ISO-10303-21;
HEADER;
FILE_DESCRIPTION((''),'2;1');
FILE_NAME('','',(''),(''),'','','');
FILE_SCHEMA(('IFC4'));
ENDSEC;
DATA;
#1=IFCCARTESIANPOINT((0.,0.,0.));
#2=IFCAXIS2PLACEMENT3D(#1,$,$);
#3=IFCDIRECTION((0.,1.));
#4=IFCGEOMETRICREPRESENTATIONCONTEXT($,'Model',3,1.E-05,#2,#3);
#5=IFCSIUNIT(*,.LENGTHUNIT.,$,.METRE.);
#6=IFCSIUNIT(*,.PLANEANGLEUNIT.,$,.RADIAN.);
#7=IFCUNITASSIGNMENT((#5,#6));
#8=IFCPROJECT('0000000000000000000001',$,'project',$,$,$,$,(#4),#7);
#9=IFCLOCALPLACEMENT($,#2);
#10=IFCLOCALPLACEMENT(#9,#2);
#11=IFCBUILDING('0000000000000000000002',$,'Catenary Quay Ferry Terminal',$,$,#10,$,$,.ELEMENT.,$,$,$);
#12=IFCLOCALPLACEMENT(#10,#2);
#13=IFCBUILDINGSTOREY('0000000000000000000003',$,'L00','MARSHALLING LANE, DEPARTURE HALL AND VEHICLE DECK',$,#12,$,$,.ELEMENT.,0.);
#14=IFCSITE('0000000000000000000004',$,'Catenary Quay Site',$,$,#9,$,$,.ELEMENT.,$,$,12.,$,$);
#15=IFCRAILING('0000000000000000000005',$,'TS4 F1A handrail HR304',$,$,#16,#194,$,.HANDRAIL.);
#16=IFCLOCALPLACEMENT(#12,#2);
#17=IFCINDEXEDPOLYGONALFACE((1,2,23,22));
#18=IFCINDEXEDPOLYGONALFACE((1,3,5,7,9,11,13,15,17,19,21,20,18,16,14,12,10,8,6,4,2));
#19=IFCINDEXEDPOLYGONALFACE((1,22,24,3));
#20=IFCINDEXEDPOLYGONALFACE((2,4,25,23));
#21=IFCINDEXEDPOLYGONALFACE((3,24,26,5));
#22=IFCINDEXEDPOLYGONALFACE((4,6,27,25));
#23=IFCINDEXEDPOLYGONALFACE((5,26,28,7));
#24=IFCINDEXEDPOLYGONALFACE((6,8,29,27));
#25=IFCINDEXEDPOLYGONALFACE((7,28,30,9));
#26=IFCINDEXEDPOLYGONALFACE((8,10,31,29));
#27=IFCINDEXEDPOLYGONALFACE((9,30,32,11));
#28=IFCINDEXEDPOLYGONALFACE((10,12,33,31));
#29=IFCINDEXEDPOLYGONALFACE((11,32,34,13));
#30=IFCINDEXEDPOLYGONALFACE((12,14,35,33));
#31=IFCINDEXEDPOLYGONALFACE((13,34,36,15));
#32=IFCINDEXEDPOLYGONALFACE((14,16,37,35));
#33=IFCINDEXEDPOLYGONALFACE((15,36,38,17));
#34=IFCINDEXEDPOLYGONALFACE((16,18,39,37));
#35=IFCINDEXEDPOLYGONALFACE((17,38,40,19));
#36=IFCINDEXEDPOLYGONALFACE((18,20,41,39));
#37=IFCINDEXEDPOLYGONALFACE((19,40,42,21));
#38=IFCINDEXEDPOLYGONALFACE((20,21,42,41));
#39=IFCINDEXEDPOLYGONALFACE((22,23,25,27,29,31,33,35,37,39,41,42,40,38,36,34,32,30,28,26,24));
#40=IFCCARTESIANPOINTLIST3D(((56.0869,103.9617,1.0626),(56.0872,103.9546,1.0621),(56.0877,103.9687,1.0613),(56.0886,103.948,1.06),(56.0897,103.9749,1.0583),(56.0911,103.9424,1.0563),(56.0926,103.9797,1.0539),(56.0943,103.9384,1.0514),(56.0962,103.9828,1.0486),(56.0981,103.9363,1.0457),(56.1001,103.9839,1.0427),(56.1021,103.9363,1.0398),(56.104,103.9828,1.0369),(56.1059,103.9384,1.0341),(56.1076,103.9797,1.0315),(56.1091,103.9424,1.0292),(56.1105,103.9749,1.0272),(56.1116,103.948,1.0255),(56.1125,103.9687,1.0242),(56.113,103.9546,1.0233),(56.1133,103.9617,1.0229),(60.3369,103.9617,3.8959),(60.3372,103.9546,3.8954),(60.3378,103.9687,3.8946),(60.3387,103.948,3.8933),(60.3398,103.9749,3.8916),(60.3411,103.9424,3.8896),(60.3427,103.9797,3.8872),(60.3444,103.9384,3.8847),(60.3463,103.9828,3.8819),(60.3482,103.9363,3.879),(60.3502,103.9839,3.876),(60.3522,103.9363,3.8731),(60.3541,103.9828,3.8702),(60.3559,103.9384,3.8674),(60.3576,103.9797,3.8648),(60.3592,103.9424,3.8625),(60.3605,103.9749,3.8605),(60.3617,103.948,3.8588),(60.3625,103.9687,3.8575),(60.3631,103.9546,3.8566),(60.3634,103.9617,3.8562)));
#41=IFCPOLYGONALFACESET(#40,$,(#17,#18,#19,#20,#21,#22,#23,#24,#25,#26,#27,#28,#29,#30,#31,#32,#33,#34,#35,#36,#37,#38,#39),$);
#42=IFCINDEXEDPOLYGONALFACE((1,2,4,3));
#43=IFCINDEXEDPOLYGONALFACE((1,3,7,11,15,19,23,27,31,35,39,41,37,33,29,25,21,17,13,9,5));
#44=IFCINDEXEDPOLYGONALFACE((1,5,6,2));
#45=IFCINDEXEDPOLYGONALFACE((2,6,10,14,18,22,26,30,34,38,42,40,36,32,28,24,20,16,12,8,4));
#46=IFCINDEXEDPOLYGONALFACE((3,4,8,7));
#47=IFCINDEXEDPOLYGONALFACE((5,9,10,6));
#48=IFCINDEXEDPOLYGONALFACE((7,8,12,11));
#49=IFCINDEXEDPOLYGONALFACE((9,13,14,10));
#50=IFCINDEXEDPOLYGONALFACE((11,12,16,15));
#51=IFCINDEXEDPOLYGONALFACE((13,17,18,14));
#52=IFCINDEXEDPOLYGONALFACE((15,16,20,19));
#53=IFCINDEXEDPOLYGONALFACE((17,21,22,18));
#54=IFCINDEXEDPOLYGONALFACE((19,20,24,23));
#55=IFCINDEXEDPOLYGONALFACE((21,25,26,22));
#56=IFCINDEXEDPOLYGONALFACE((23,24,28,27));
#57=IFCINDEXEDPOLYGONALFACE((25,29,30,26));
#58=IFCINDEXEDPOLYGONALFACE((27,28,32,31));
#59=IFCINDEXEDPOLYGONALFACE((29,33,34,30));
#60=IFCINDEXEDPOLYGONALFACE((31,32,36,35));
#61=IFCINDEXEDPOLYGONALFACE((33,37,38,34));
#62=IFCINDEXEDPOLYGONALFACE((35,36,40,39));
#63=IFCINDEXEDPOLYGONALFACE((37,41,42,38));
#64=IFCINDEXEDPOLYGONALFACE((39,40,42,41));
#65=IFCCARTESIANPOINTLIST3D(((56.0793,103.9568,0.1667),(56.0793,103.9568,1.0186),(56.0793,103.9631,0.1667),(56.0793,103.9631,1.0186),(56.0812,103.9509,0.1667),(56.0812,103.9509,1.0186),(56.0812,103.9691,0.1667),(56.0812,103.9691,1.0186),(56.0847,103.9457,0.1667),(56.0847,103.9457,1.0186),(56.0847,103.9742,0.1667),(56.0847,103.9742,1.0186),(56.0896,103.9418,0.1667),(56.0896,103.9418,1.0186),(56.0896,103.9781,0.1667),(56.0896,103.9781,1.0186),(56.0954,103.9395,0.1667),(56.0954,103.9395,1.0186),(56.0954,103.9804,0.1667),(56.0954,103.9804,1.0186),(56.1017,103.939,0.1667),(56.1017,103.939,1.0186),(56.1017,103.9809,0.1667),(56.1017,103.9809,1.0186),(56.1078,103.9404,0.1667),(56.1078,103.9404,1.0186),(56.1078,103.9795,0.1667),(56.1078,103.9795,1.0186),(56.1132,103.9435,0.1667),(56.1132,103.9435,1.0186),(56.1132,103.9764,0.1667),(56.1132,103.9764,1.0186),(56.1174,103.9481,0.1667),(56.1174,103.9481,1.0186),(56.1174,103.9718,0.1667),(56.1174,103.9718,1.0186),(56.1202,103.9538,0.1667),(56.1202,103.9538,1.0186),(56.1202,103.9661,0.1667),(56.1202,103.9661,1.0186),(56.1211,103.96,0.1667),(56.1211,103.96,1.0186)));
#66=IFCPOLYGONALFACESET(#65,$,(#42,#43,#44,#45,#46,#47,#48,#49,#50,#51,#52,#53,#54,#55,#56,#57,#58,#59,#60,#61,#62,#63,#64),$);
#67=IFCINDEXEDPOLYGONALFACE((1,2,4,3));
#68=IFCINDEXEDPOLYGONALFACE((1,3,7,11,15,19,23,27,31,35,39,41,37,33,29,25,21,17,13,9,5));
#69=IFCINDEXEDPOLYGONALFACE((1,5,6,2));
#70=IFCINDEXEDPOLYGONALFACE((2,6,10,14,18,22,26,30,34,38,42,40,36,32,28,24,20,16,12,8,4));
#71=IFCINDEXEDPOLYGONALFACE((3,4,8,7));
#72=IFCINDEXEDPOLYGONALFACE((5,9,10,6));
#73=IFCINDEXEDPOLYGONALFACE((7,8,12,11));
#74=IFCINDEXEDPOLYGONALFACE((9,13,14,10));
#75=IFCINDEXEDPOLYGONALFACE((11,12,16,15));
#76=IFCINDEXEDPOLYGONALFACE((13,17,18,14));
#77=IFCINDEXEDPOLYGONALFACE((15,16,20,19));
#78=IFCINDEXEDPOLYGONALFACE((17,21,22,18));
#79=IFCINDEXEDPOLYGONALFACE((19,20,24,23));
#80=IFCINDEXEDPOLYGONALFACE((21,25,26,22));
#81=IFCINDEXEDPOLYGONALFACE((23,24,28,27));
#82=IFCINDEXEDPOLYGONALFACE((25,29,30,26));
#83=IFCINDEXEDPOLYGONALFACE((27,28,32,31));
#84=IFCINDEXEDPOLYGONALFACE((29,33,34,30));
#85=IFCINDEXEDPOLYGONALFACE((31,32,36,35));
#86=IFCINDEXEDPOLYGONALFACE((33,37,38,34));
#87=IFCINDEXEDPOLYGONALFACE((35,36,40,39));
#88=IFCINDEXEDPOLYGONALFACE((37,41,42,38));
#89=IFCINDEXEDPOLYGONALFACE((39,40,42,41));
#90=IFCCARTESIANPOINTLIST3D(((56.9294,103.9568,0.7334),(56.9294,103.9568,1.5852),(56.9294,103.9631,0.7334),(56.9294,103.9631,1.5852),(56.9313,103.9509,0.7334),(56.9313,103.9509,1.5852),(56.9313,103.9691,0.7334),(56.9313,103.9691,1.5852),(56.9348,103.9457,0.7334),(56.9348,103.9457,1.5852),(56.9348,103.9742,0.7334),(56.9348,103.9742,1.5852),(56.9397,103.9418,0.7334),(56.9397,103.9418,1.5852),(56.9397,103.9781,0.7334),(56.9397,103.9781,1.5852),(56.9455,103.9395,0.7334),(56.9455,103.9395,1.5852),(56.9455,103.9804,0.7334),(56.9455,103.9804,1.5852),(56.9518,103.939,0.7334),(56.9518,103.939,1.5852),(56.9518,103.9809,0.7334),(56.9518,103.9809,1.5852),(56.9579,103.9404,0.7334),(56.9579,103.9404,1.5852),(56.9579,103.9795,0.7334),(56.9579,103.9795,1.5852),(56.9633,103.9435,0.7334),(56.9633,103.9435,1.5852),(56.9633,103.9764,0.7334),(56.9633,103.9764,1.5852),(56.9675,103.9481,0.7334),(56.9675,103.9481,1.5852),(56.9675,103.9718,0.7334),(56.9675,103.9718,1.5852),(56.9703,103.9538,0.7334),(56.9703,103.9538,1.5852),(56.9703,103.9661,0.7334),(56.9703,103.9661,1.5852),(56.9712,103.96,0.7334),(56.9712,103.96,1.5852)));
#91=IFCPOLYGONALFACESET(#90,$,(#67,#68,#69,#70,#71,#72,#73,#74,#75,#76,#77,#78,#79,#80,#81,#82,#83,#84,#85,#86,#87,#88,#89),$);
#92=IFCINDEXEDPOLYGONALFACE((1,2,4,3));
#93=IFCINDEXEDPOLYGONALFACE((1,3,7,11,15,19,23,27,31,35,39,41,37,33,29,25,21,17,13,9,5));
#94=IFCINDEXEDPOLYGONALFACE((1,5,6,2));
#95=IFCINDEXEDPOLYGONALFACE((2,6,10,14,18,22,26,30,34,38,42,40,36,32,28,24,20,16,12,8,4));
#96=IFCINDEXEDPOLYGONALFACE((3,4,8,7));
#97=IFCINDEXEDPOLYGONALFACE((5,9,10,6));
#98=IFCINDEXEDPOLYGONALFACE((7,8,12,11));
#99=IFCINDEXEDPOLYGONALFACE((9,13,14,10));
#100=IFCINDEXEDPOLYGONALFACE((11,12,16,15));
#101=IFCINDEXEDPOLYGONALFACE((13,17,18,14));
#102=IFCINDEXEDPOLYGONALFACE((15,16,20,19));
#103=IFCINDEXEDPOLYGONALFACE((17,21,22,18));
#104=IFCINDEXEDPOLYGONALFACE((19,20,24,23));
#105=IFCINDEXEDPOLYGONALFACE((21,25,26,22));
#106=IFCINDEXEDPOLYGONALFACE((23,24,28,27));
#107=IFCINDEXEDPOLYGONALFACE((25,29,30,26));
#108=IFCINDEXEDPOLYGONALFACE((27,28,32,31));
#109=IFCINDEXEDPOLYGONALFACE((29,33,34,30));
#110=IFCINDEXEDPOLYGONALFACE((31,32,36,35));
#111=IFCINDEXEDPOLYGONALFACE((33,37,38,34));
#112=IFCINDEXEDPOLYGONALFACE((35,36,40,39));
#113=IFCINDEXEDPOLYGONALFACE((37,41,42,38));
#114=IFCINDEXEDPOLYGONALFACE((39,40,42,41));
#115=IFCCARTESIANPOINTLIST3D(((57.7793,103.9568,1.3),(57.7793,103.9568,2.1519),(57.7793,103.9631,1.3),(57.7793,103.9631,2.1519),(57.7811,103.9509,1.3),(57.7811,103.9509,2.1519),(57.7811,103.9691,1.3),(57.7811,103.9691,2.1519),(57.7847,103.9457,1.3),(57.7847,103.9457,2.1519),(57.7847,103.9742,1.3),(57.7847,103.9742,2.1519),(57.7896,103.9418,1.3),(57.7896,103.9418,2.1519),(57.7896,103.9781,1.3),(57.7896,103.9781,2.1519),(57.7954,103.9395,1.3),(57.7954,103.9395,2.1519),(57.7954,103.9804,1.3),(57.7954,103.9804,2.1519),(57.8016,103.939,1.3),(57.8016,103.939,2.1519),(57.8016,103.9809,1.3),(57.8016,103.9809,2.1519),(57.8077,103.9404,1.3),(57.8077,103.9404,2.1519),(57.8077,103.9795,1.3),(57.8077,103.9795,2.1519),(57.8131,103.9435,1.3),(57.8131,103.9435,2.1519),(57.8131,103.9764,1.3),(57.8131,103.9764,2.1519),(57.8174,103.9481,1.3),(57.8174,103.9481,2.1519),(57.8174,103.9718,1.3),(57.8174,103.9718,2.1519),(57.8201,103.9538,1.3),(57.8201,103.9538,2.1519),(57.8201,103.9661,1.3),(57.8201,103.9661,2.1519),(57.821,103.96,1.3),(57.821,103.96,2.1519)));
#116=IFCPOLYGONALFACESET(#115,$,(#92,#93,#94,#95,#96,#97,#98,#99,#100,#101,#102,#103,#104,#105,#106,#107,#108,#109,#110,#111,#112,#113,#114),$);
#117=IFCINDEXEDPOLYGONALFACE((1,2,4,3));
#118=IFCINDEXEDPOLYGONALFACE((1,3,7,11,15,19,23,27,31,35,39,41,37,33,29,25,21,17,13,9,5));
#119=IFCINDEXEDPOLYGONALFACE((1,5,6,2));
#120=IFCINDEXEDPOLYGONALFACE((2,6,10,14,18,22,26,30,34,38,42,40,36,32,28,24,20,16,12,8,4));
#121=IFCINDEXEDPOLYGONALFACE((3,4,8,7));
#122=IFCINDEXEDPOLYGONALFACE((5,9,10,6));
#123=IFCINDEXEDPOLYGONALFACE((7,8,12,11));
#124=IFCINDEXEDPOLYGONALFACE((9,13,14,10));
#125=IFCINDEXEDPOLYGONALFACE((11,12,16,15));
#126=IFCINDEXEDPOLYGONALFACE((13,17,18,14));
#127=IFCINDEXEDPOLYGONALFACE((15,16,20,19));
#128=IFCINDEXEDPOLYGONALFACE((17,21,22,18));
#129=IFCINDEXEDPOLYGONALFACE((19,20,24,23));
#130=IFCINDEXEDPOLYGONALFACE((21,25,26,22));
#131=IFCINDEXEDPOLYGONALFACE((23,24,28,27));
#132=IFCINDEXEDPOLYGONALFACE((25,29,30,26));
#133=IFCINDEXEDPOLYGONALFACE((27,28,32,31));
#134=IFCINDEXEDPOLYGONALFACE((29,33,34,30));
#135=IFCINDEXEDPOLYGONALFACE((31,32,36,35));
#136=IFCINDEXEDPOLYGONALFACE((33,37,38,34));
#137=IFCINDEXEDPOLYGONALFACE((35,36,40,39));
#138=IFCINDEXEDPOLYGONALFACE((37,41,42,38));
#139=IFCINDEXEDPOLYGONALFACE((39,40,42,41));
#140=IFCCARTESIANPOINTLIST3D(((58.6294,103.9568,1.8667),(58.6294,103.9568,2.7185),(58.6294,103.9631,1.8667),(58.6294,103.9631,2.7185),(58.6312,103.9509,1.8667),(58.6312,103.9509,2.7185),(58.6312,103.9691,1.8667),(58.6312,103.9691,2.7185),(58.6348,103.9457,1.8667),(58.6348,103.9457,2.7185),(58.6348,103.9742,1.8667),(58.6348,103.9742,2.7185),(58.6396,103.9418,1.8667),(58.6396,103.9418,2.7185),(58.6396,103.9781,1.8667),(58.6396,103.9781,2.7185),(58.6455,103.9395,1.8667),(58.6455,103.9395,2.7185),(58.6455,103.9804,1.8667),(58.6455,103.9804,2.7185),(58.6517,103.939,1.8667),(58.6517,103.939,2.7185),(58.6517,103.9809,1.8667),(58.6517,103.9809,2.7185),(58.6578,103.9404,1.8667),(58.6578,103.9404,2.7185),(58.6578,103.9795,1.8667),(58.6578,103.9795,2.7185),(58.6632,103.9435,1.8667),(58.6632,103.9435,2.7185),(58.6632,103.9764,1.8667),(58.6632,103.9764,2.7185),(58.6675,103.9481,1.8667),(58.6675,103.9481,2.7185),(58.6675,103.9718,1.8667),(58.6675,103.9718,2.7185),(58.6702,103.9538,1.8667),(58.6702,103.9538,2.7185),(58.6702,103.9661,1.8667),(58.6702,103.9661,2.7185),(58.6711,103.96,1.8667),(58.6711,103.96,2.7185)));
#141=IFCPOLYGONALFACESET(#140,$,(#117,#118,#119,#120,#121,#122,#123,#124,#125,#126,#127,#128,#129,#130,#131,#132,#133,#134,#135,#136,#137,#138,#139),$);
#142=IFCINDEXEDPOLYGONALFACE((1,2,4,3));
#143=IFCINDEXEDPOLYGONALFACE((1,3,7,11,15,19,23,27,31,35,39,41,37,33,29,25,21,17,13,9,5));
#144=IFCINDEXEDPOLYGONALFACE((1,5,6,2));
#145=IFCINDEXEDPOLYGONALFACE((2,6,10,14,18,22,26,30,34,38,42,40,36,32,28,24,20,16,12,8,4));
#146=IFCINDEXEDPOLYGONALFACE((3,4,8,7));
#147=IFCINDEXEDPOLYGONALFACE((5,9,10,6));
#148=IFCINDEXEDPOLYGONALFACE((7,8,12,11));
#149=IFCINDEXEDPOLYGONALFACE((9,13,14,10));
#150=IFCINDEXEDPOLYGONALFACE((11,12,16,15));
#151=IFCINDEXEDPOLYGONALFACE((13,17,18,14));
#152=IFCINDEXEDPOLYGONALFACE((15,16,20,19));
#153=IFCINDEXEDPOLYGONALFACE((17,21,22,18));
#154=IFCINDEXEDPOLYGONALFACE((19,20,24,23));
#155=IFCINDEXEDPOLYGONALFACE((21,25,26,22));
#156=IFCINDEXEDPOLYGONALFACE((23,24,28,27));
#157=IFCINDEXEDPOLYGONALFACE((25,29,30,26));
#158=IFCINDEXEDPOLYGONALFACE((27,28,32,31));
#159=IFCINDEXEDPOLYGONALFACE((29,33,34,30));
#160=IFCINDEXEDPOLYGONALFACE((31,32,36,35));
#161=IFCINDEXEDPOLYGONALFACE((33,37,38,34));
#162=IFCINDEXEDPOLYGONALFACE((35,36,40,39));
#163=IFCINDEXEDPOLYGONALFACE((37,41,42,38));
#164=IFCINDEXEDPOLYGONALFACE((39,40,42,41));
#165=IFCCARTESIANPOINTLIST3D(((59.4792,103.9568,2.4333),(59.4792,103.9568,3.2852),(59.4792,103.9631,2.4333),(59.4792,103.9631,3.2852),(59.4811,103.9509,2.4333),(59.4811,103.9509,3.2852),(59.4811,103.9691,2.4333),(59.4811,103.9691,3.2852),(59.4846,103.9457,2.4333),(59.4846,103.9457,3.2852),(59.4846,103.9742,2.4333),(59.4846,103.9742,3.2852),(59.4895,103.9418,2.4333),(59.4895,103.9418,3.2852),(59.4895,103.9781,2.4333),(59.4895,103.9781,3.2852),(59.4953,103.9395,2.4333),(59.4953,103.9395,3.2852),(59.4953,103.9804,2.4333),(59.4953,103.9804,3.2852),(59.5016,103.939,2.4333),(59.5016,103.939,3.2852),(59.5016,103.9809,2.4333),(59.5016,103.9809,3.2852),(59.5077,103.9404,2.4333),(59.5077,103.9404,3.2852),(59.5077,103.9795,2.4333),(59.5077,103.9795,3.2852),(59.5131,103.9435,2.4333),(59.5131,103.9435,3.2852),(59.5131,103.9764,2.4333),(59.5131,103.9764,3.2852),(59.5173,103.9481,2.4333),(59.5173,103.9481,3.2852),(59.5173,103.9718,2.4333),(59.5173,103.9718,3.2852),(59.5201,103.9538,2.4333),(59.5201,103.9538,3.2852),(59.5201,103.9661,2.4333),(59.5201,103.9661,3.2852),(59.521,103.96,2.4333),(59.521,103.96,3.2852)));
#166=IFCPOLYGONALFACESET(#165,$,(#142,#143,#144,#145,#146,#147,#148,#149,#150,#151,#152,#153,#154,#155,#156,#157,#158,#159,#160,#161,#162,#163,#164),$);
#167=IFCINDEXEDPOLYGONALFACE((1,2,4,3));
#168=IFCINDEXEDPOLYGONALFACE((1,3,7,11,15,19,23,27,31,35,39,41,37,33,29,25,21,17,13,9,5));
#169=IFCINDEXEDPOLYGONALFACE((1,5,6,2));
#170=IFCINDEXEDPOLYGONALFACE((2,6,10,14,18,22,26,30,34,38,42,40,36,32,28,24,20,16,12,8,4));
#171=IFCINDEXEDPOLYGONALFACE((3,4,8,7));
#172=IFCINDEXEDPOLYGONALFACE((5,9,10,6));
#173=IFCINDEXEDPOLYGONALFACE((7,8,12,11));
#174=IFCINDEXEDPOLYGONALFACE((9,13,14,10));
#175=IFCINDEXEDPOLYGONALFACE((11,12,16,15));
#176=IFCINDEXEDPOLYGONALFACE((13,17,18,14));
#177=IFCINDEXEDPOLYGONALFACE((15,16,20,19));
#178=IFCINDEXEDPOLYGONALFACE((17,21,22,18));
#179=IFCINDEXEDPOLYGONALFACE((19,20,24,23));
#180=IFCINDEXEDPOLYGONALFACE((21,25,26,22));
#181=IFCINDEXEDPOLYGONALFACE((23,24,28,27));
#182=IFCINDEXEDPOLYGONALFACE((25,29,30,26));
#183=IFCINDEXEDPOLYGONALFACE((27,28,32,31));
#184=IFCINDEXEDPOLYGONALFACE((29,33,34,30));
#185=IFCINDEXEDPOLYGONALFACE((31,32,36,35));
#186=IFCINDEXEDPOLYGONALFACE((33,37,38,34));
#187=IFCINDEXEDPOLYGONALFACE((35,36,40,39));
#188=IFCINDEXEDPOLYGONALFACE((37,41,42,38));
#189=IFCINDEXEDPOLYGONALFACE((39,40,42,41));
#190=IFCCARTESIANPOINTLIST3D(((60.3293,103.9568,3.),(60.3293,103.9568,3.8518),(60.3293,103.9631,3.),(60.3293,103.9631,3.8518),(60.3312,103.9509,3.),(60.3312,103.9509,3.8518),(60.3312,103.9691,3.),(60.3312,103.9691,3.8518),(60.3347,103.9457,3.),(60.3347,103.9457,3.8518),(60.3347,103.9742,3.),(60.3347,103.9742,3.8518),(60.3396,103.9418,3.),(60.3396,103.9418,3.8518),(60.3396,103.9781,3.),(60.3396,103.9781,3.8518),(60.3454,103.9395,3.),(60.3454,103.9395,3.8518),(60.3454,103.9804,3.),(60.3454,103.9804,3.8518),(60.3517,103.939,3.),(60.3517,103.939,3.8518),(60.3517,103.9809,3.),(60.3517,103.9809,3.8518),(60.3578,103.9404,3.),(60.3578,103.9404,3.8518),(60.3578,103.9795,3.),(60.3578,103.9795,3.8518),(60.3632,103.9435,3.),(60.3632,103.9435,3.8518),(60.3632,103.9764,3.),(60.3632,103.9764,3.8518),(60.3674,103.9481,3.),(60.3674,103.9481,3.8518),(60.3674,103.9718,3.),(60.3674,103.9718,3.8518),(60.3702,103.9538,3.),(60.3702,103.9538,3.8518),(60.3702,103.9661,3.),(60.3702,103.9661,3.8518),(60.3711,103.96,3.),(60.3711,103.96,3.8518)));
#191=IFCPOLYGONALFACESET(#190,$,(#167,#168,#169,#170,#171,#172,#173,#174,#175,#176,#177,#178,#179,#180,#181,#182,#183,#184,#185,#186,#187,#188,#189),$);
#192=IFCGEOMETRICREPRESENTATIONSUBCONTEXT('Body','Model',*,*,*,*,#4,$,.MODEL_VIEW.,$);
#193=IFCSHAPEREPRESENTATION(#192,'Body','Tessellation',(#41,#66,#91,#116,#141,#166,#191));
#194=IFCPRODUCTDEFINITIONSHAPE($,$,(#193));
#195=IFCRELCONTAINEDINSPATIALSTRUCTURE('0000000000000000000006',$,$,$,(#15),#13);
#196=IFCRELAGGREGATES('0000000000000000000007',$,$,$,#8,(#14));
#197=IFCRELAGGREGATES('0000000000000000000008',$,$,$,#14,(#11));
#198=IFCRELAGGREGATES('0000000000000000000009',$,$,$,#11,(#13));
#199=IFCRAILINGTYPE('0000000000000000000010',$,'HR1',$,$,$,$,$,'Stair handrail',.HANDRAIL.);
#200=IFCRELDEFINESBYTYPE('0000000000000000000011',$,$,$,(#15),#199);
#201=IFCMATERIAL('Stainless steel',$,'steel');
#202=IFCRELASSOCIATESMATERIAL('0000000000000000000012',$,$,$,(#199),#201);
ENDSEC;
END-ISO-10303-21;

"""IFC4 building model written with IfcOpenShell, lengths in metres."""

from ifc_helpers import new_model, si_unit, direction, frame, origin, origin_2d, place, context, subcontext, project, spatial, circle, extrude, material, type_object, element, save


model = new_model("IFC4")

# Units and contexts
model_context = context("Model", 3, precision=1e-05, world=origin(), true_north=direction((0.0, 1.0)))
body_context = subcontext(model_context, "Body", "Model", "MODEL_VIEW")
ifc_project = project(units=[si_unit("LENGTHUNIT", "METRE"), si_unit("PLANEANGLEUNIT", "RADIAN")], contexts=[model_context])

# Site, building, storey
site_placement = place(None, origin())
site = spatial("IfcSite", under=ifc_project, at=site_placement, Name="Catenary Quay Site", CompositionType="ELEMENT", RefElevation=12.0)
building_placement = place(site_placement, origin())
building = spatial("IfcBuilding", under=site, at=building_placement, Name="Catenary Quay Ferry Terminal", CompositionType="ELEMENT")
storey_placement = place(building_placement, origin())
storey = spatial("IfcBuildingStorey", under=building, at=storey_placement, Name="L00", Description="MARSHALLING LANE, DEPARTURE HALL AND VEHICLE DECK", CompositionType="ELEMENT", Elevation=0.0)

# Railing
ifc_material_1 = material(Name="Stainless steel", Category="steel")
railing_type_1 = type_object("IfcRailingType", Name="HR1", ElementType="Stair handrail", PredefinedType="HANDRAIL", material=ifc_material_1)
for number, where, name in (
    (1, (56.1001, 103.96, 0.1667), "TS4 F1A handrail HR304"),
):
    element("IfcRailing", number, at=place(storey_placement, frame(where)), inside=storey, type_object=railing_type_1, Name=name, PredefinedType="HANDRAIL", context=body_context, shape_type="SweptSolid", body=[
        extrude(circle(Radius=0.0239, at=origin_2d()), frame((0.0, 0.0, 0.876), z_axis=(0.832058, 0.0, 0.554689), x_axis=(0.0, 1.0, 0.0)), (0.0, 0.0, 1.0), 5.1079),
        extrude(circle(Radius=0.021, at=origin_2d()), origin(), (0.0, 0.0, 1.0), 0.8518),
        extrude(circle(Radius=0.021, at=origin_2d()), frame((0.8501, 0.0, 0.5667)), (0.0, 0.0, 1.0), 0.8518),
        extrude(circle(Radius=0.021, at=origin_2d()), frame((1.7, 0.0, 1.1333)), (0.0, 0.0, 1.0), 0.8518),
        extrude(circle(Radius=0.021, at=origin_2d()), frame((2.55, 0.0, 1.7)), (0.0, 0.0, 1.0), 0.8518),
        extrude(circle(Radius=0.021, at=origin_2d()), frame((3.3999, 0.0, 2.2666)), (0.0, 0.0, 1.0), 0.8518),
        extrude(circle(Radius=0.021, at=origin_2d()), frame((4.25, 0.0, 2.8333)), (0.0, 0.0, 1.0), 0.8518),
    ])

save(model, "model.ifc")
